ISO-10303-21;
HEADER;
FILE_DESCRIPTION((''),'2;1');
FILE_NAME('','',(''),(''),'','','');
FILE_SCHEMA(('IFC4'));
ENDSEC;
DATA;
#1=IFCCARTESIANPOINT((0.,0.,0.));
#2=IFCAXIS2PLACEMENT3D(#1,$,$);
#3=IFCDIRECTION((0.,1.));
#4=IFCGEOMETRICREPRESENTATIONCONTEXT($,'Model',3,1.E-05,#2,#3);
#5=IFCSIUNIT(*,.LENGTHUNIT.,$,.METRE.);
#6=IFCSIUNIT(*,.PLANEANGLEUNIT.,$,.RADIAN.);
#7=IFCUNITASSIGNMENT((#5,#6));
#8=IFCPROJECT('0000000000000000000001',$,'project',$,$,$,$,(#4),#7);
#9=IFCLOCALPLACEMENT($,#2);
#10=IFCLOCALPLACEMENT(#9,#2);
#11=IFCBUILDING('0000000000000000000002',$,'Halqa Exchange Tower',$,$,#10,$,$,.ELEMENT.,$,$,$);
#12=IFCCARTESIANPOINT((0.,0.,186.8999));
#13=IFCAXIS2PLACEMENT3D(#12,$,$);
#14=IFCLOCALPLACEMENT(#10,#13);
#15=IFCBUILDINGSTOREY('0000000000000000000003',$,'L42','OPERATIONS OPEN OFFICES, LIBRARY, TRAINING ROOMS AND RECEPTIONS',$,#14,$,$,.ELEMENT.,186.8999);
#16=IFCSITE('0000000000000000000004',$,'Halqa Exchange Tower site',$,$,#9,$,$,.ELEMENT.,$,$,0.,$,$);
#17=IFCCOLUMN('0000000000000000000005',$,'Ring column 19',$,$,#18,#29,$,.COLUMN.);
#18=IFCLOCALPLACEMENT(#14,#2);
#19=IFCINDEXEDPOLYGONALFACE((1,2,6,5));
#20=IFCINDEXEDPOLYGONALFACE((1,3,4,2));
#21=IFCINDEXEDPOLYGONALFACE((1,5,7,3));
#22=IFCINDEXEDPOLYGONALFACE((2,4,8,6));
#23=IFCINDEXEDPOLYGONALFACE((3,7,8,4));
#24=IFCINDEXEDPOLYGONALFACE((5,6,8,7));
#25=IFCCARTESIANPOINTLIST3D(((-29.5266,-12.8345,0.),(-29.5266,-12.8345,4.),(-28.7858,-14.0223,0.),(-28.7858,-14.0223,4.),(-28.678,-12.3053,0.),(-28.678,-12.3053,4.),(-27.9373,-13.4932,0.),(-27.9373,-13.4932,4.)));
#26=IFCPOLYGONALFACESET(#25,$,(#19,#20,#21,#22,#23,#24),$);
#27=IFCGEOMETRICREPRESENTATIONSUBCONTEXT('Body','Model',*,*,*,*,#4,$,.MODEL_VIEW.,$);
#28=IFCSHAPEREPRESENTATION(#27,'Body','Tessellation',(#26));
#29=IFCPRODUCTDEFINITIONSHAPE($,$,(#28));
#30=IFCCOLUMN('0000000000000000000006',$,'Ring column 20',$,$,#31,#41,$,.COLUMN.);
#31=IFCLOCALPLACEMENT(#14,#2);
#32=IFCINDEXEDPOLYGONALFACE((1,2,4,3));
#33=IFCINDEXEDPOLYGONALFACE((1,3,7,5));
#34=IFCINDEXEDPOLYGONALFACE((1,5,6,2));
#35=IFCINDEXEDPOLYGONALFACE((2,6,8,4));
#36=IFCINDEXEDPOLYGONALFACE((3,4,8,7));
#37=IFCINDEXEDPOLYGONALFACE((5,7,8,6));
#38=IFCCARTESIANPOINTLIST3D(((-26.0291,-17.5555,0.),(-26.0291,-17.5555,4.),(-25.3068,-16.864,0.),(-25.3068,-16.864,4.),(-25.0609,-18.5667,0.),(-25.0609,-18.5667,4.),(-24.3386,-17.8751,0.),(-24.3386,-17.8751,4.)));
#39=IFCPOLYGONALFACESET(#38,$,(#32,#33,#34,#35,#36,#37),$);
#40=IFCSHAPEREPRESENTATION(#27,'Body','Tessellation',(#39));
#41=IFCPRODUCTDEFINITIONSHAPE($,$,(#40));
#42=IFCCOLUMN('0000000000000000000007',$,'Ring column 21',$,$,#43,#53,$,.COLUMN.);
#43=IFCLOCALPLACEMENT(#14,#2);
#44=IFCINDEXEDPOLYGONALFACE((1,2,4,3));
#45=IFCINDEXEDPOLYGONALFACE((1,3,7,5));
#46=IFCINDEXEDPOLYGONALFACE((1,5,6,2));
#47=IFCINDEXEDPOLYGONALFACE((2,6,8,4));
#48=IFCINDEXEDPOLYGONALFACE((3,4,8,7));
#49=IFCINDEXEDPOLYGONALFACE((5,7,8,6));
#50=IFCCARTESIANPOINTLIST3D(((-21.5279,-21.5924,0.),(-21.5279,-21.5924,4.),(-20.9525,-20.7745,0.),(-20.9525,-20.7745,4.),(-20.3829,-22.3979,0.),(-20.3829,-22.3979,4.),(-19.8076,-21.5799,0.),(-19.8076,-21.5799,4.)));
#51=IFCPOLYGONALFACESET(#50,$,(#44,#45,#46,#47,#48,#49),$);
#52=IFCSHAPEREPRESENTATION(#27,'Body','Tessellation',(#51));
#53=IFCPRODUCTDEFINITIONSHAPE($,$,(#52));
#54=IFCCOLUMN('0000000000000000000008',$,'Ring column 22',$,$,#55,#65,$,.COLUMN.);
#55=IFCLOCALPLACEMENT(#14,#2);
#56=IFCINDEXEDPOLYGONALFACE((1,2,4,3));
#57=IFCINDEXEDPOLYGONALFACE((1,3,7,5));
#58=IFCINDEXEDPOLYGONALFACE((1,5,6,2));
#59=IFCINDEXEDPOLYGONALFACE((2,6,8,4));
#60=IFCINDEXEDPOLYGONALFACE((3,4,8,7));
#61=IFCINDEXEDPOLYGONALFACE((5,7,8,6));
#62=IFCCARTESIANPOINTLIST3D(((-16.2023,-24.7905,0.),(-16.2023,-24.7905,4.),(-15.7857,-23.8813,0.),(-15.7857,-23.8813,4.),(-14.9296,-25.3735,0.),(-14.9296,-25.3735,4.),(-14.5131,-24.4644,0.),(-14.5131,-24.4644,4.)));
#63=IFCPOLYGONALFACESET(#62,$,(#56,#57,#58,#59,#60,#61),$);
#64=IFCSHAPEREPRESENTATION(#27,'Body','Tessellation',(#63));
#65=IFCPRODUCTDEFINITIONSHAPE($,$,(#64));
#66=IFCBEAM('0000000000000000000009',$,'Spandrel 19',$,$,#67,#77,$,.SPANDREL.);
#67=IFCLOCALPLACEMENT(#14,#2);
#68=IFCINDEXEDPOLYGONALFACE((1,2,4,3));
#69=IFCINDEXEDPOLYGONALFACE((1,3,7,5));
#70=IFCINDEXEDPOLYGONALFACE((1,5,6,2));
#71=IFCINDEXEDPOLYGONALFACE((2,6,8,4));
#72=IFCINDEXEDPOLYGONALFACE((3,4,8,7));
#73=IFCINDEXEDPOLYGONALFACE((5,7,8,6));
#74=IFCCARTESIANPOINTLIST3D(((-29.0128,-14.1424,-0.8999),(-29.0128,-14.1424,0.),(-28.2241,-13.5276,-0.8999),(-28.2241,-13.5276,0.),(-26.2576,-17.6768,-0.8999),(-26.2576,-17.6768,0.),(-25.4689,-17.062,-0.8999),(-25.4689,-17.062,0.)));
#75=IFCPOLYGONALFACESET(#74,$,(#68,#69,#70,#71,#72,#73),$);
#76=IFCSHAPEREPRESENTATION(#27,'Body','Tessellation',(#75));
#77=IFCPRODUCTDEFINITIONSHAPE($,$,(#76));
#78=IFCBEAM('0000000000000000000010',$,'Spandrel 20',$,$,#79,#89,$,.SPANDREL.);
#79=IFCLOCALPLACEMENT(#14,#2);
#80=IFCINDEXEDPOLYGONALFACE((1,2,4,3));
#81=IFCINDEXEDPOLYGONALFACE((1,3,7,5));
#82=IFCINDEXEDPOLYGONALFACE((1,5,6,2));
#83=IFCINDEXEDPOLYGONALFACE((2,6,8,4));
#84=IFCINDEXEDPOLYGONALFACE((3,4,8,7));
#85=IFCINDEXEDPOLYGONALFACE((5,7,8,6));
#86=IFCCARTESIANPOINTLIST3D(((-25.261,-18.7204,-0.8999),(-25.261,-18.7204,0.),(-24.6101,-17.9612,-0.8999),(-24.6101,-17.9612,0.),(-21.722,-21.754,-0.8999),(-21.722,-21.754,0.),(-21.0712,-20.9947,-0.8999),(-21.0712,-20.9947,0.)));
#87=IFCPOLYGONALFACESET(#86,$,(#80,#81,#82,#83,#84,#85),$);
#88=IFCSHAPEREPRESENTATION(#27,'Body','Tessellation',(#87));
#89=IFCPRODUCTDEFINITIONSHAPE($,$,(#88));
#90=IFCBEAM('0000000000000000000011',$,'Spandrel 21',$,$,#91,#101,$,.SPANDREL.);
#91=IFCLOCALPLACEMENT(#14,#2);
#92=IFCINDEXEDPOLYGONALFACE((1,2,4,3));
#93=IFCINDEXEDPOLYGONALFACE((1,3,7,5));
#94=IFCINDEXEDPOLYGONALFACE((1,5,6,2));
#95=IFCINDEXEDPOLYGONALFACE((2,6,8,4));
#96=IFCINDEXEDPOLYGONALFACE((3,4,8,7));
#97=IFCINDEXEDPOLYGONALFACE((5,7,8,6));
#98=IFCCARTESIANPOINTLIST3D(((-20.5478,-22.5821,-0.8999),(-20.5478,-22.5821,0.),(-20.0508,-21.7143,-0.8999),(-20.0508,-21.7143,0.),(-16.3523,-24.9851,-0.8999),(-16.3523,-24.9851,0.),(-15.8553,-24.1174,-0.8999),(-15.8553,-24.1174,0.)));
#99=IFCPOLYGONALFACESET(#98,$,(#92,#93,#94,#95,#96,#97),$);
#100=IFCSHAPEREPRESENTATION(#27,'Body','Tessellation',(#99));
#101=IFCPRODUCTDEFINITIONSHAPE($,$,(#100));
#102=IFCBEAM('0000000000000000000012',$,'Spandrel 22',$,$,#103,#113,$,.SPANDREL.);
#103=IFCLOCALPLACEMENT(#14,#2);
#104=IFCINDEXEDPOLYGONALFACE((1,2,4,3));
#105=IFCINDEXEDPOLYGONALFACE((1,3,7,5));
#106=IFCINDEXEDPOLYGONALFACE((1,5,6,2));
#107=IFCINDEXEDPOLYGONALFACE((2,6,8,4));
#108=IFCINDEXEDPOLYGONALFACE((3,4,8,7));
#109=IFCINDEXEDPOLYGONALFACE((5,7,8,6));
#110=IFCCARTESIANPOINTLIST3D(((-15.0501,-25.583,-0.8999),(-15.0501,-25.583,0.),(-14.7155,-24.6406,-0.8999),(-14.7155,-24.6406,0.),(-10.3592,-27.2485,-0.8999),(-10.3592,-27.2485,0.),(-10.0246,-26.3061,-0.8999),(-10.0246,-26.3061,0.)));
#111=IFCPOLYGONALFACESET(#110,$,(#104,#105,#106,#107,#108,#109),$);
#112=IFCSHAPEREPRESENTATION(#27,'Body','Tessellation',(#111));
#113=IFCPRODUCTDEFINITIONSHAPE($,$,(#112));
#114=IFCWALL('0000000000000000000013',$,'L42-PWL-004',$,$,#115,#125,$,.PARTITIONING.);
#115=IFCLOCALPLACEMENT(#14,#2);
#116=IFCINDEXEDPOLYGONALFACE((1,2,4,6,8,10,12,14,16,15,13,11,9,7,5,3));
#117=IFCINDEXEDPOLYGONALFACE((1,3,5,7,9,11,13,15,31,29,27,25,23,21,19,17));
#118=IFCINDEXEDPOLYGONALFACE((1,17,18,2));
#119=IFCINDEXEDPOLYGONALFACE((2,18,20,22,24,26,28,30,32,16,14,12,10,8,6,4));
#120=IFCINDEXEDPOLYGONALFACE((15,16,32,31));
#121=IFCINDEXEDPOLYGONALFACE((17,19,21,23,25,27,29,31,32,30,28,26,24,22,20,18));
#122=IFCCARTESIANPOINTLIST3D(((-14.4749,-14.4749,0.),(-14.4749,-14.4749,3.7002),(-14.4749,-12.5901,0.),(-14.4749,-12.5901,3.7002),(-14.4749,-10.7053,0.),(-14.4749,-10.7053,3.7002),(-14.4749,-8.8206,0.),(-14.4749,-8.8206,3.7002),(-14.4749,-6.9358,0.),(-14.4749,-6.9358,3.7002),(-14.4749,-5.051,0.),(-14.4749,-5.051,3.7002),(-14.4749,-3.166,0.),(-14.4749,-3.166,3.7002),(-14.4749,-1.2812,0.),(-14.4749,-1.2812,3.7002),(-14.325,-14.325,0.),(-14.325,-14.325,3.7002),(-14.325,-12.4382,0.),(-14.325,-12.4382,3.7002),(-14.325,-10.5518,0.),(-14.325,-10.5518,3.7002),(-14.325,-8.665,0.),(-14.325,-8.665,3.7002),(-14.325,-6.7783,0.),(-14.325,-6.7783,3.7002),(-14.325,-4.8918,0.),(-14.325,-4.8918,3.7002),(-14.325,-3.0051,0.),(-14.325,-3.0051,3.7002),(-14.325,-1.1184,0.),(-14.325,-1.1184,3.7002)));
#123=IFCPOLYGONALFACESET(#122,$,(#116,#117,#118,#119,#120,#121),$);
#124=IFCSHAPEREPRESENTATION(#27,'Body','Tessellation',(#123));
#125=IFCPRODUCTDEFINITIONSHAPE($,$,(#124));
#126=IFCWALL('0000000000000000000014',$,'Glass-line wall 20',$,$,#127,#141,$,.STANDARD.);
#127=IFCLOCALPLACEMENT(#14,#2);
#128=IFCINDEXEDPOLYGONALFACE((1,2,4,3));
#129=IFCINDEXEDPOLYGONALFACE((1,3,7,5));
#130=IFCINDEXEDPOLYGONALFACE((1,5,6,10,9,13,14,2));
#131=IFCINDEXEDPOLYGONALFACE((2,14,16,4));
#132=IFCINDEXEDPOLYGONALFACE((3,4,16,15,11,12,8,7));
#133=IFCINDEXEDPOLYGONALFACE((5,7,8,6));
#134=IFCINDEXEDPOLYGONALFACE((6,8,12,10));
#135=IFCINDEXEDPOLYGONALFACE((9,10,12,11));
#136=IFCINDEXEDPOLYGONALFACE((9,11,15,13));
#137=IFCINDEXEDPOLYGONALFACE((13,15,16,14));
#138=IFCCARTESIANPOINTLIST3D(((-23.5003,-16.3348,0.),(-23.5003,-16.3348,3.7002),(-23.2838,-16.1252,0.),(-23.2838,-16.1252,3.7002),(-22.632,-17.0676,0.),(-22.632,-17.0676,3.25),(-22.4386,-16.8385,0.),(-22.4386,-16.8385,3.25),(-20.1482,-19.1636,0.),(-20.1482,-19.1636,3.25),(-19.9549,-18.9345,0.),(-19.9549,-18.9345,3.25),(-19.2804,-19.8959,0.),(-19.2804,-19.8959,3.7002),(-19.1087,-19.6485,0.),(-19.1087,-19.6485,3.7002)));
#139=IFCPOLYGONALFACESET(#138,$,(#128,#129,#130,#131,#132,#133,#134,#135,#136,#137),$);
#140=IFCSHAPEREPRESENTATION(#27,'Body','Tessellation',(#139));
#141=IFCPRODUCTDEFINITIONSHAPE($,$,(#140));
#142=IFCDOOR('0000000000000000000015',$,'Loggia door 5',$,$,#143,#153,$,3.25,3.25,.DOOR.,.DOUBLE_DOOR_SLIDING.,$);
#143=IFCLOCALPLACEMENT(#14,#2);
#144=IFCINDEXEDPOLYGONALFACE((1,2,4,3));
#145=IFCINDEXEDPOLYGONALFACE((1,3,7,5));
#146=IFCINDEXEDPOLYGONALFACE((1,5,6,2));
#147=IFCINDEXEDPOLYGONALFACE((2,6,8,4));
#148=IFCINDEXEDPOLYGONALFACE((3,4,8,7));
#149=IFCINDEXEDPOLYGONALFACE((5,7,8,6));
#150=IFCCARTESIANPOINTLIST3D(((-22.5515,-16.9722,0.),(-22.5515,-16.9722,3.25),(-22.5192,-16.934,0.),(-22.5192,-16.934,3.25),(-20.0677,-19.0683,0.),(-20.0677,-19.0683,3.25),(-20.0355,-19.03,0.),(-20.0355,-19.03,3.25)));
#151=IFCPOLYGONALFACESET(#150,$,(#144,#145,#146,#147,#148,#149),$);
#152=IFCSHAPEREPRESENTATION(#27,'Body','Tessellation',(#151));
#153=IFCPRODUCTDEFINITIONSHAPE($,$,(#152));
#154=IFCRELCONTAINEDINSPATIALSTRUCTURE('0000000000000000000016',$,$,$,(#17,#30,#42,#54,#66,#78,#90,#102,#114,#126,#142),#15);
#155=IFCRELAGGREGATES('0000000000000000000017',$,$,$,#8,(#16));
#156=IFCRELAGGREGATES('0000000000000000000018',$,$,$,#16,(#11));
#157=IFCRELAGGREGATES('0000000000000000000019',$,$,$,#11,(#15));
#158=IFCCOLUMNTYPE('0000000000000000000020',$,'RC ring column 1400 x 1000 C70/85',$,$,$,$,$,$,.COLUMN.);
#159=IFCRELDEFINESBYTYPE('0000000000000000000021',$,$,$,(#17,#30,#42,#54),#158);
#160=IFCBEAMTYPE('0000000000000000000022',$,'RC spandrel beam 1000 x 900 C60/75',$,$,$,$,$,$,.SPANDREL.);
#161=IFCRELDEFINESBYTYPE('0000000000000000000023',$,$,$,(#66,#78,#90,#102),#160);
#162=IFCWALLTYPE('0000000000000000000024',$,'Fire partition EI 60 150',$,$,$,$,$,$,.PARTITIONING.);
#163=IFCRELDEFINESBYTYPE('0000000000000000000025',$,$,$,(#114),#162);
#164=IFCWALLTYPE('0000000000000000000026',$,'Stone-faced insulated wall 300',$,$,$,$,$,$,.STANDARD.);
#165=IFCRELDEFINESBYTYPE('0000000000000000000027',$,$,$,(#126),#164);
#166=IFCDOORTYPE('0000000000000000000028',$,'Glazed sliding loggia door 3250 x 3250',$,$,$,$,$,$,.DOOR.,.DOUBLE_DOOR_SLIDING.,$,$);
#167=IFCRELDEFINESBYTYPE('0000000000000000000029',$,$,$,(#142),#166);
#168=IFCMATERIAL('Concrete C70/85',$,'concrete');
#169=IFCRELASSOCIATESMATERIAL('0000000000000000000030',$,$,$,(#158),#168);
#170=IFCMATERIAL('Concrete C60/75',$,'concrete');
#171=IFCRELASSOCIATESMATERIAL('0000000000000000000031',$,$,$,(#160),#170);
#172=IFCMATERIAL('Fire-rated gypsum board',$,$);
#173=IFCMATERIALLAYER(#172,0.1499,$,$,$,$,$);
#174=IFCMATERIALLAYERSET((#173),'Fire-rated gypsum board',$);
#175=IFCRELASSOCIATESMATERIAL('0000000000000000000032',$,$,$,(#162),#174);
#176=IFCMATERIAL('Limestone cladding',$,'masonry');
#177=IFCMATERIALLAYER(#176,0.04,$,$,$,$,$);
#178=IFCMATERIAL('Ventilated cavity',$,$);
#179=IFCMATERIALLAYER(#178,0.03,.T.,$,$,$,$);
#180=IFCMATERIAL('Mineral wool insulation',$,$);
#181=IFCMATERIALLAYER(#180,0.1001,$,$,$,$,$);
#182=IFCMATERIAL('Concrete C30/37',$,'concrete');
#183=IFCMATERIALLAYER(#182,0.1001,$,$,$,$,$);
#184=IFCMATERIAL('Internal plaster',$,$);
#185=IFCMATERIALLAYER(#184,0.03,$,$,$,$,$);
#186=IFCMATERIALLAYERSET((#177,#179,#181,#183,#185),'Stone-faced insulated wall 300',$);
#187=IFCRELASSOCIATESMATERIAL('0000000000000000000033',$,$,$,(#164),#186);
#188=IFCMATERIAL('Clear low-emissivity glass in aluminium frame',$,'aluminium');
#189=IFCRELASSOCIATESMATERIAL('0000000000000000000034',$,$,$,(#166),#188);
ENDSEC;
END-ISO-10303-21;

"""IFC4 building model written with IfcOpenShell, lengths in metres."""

from ifc_helpers import new_model, si_unit, direction, frame, frame_2d, origin, origin_2d, place, context, subcontext, project, spatial, polyline, rectangle, outline, extrude, material, layer, layer_set, material_profile, profile_set, type_object, element, fill, save


model = new_model("IFC4")

# Units and contexts
model_context = context("Model", 3, precision=1e-05, world=origin(), true_north=direction((0.0, 1.0)))
body_context = subcontext(model_context, "Body", "Model", "MODEL_VIEW")
ifc_project = project(units=[si_unit("LENGTHUNIT", "METRE"), si_unit("PLANEANGLEUNIT", "RADIAN")], contexts=[model_context])

# Site, building, storey
site_placement = place(None, origin())
site = spatial("IfcSite", under=ifc_project, at=site_placement, Name="Halqa Exchange Tower site", CompositionType="ELEMENT", RefElevation=0.0)
building_placement = place(site_placement, origin())
building = spatial("IfcBuilding", under=site, at=building_placement, Name="Halqa Exchange Tower", CompositionType="ELEMENT")
storey_placement = place(building_placement, frame((0.0, 0.0, 186.8999)))
storey = spatial("IfcBuildingStorey", under=building, at=storey_placement, Name="L42", Description="OPERATIONS OPEN OFFICES, LIBRARY, TRAINING ROOMS AND RECEPTIONS", CompositionType="ELEMENT", Elevation=186.8999)

# Columns
ifc_material_1 = material(Name="Concrete C70/85", Category="concrete")
ifc_material_profile_1 = material_profile(ifc_material_1, rectangle(XDim=1.3999, YDim=1.0, at=origin_2d()), Name="1400 x 1000")
ifc_profile_set_1 = profile_set([ifc_material_profile_1], Name="Concrete C70/85")
column_type = type_object("IfcColumnType", Name="RC ring column 1400 x 1000 C70/85", PredefinedType="COLUMN", material=ifc_profile_set_1)
for number, where, z_axis, x_axis, name in (
    (1, (-28.7319, -13.1638, 0.0), (0.0, 0.0, 1.0), (0.529145, -0.848531, 0.0), "Ring column 19"),
    (2, (-25.1838, -17.7153, 0.0), (0.0, 0.0, 1.0), (0.691576, -0.722304, 0.0), "Ring column 20"),
    (3, (-20.6677, -21.5862, 0.0), (0.0, 0.0, 1.0), (0.817906, -0.575352, 0.0), "Ring column 21"),
    (4, (-15.3577, -24.6274, 0.0), (0.0, 0.0, 1.0), (0.909126, -0.416522, 0.0), "Ring column 22"),
):
    element("IfcColumn", number, at=place(storey_placement, frame(where, z_axis=z_axis, x_axis=x_axis)), inside=storey, type_object=column_type, Name=name, PredefinedType="COLUMN", context=body_context, shape_type="SweptSolid", body=[
        extrude(rectangle(XDim=1.3999, YDim=1.0, at=origin_2d()), origin(), (0.0, 0.0, 1.0), 4.0),
    ])

# Beams
ifc_material_2 = material(Name="Concrete C60/75", Category="concrete")
ifc_material_profile_2 = material_profile(ifc_material_2, rectangle(XDim=1.0, YDim=0.8999, at=origin_2d()), Name="1000 x 900")
ifc_profile_set_2 = profile_set([ifc_material_profile_2], Name="Concrete C60/75")
beam_type = type_object("IfcBeamType", Name="RC spandrel beam 1000 x 900 C60/75", PredefinedType="SPANDREL", material=ifc_profile_set_2)
beam_1_placement = place(storey_placement, frame((-28.6184, -13.835, -0.45), z_axis=(0.614793, -0.788689, 0.0), x_axis=(0.788689, 0.614793, 0.0)))
element("IfcBeam", 5, at=beam_1_placement, inside=storey, type_object=beam_type, Name="Spandrel 19", PredefinedType="SPANDREL", context=body_context, shape_type="SweptSolid", body=[
    extrude(rectangle(XDim=1.0, YDim=0.8999, at=origin_2d()), origin(), (0.0, 0.0, 1.0), 4.4814),
])
beam_2_placement = place(storey_placement, frame((-24.9355, -18.3408, -0.45), z_axis=(0.759238, -0.650813, 0.0), x_axis=(0.650813, 0.759238, 0.0)))
element("IfcBeam", 6, at=beam_2_placement, inside=storey, type_object=beam_type, Name="Spandrel 20", PredefinedType="SPANDREL", context=body_context, shape_type="SweptSolid", body=[
    extrude(rectangle(XDim=1.0, YDim=0.8999, at=origin_2d()), origin(), (0.0, 0.0, 1.0), 4.6611),
])
beam_3_placement = place(storey_placement, frame((-20.2993, -22.1482, -0.45), z_axis=(0.867742, -0.497014, 0.0), x_axis=(0.497014, 0.867742, 0.0)))
element("IfcBeam", 7, at=beam_3_placement, inside=storey, type_object=beam_type, Name="Spandrel 21", PredefinedType="SPANDREL", context=body_context, shape_type="SweptSolid", body=[
    extrude(rectangle(XDim=1.0, YDim=0.8999, at=origin_2d()), origin(), (0.0, 0.0, 1.0), 4.835),
])
beam_4_placement = place(storey_placement, frame((-14.8828, -25.1118, -0.45), z_axis=(0.942364, -0.33459, 0.0), x_axis=(0.33459, 0.942364, 0.0)))
element("IfcBeam", 8, at=beam_4_placement, inside=storey, type_object=beam_type, Name="Spandrel 22", PredefinedType="SPANDREL", context=body_context, shape_type="SweptSolid", body=[
    extrude(rectangle(XDim=1.0, YDim=0.8999, at=origin_2d()), origin(), (0.0, 0.0, 1.0), 4.9778),
])

# Wall
ifc_material_3 = material(Name="Fire-rated gypsum board")
ifc_layer_1 = layer(ifc_material_3, 0.1499)
ifc_layer_set_1 = layer_set([ifc_layer_1], Name="Fire-rated gypsum board")
wall_type_1 = type_object("IfcWallType", Name="Fire partition EI 60 150", PredefinedType="PARTITIONING", material=ifc_layer_set_1)
wall_1_placement = place(storey_placement, frame((-14.3999, -14.4751, 0.0), z_axis=(0.0, 0.0, 1.0), x_axis=(0.0, 1.0, 0.0)))
element("IfcWall", 9, at=wall_1_placement, inside=storey, type_object=wall_type_1, Name="L42-PWL-004", PredefinedType="PARTITIONING", context=body_context, shape_type="SweptSolid", body=[
    extrude(outline(polyline([(0.1501, -0.075), (2.0369, -0.075), (3.9233, -0.075), (5.8101, -0.075), (7.6968, -0.075), (9.5833, -0.075), (11.47, -0.075), (13.3567, -0.075), (13.1938, 0.075), (11.3091, 0.075), (9.4241, 0.075), (7.5393, 0.075), (5.6545, 0.075), (3.7698, 0.075), (1.885, 0.075), (0.0002, 0.075), (0.1501, -0.075)])), origin(), (0.0, 0.0, 1.0), 3.7002),
])

# Wall, opening, door
ifc_material_4 = material(Name="Limestone cladding", Category="masonry")
ifc_layer_2 = layer(ifc_material_4, 0.04)
ifc_material_5 = material(Name="Ventilated cavity")
ifc_layer_3 = layer(ifc_material_5, 0.03, ventilated=True)
ifc_material_6 = material(Name="Mineral wool insulation")
ifc_layer_4 = layer(ifc_material_6, 0.1001)
ifc_material_7 = material(Name="Concrete C30/37", Category="concrete")
ifc_layer_5 = layer(ifc_material_7, 0.1001)
ifc_material_8 = material(Name="Internal plaster")
ifc_layer_6 = layer(ifc_material_8, 0.03)
ifc_layer_set_2 = layer_set([ifc_layer_2, ifc_layer_3, ifc_layer_4, ifc_layer_5, ifc_layer_6], Name="Stone-faced insulated wall 300")
wall_type_2 = type_object("IfcWallType", Name="Stone-faced insulated wall 300", PredefinedType="STANDARD", material=ifc_layer_set_2)
wall_2_placement = place(storey_placement, frame((-23.3921, -16.23, 0.0), z_axis=(0.0, 0.0, 1.0), x_axis=(0.764239, -0.644933, 0.0)))
wall_2 = element("IfcWall", 10, at=wall_2_placement, inside=storey, type_object=wall_type_2, Name="Glass-line wall 20", PredefinedType="STANDARD", context=body_context, shape_type="SweptSolid", body=[
    extrude(outline(polyline([(-0.0151, -0.1499), (5.5066, -0.1499), (5.4783, 0.1499), (0.0151, 0.1499), (-0.0151, -0.1499)])), origin(), (0.0, 0.0, 1.0), 3.7002),
])
opening_1_placement = place(wall_2_placement, frame((1.1211, 0.0, 0.0)))
opening_1 = element("IfcOpeningElement", 11, at=opening_1_placement, cuts=wall_2, PredefinedType="OPENING", context=body_context, shape_type="SweptSolid", body=[
    extrude(rectangle(XDim=3.25, YDim=3.25, at=frame_2d((1.625, 1.625))), frame((0.0, 0.1621, 0.0), z_axis=(0.0, -1.0, 0.0), x_axis=(1.0, 0.0, 0.0)), (0.0, 0.0, 1.0), 0.324),
])
ifc_material_9 = material(Name="Clear low-emissivity glass in aluminium frame", Category="aluminium")
door_type = type_object("IfcDoorType", Name="Glazed sliding loggia door 3250 x 3250", OperationType="DOUBLE_DOOR_SLIDING", PredefinedType="DOOR", material=ifc_material_9)
door_placement = place(opening_1_placement, origin())
door = element("IfcDoor", 12, at=door_placement, inside=storey, type_object=door_type, Name="Loggia door 5", OperationType="DOUBLE_DOOR_SLIDING", OverallHeight=3.25, OverallWidth=3.25, PredefinedType="DOOR", context=body_context, shape_type="SweptSolid", body=[
    extrude(rectangle(XDim=3.25, YDim=3.25, at=frame_2d((1.625, 1.625))), frame((0.0, 0.0249, 0.0), z_axis=(0.0, -1.0, 0.0), x_axis=(1.0, 0.0, 0.0)), (0.0, 0.0, 1.0), 0.05),
])
fill(opening_1, door)

save(model, "model.ifc")
